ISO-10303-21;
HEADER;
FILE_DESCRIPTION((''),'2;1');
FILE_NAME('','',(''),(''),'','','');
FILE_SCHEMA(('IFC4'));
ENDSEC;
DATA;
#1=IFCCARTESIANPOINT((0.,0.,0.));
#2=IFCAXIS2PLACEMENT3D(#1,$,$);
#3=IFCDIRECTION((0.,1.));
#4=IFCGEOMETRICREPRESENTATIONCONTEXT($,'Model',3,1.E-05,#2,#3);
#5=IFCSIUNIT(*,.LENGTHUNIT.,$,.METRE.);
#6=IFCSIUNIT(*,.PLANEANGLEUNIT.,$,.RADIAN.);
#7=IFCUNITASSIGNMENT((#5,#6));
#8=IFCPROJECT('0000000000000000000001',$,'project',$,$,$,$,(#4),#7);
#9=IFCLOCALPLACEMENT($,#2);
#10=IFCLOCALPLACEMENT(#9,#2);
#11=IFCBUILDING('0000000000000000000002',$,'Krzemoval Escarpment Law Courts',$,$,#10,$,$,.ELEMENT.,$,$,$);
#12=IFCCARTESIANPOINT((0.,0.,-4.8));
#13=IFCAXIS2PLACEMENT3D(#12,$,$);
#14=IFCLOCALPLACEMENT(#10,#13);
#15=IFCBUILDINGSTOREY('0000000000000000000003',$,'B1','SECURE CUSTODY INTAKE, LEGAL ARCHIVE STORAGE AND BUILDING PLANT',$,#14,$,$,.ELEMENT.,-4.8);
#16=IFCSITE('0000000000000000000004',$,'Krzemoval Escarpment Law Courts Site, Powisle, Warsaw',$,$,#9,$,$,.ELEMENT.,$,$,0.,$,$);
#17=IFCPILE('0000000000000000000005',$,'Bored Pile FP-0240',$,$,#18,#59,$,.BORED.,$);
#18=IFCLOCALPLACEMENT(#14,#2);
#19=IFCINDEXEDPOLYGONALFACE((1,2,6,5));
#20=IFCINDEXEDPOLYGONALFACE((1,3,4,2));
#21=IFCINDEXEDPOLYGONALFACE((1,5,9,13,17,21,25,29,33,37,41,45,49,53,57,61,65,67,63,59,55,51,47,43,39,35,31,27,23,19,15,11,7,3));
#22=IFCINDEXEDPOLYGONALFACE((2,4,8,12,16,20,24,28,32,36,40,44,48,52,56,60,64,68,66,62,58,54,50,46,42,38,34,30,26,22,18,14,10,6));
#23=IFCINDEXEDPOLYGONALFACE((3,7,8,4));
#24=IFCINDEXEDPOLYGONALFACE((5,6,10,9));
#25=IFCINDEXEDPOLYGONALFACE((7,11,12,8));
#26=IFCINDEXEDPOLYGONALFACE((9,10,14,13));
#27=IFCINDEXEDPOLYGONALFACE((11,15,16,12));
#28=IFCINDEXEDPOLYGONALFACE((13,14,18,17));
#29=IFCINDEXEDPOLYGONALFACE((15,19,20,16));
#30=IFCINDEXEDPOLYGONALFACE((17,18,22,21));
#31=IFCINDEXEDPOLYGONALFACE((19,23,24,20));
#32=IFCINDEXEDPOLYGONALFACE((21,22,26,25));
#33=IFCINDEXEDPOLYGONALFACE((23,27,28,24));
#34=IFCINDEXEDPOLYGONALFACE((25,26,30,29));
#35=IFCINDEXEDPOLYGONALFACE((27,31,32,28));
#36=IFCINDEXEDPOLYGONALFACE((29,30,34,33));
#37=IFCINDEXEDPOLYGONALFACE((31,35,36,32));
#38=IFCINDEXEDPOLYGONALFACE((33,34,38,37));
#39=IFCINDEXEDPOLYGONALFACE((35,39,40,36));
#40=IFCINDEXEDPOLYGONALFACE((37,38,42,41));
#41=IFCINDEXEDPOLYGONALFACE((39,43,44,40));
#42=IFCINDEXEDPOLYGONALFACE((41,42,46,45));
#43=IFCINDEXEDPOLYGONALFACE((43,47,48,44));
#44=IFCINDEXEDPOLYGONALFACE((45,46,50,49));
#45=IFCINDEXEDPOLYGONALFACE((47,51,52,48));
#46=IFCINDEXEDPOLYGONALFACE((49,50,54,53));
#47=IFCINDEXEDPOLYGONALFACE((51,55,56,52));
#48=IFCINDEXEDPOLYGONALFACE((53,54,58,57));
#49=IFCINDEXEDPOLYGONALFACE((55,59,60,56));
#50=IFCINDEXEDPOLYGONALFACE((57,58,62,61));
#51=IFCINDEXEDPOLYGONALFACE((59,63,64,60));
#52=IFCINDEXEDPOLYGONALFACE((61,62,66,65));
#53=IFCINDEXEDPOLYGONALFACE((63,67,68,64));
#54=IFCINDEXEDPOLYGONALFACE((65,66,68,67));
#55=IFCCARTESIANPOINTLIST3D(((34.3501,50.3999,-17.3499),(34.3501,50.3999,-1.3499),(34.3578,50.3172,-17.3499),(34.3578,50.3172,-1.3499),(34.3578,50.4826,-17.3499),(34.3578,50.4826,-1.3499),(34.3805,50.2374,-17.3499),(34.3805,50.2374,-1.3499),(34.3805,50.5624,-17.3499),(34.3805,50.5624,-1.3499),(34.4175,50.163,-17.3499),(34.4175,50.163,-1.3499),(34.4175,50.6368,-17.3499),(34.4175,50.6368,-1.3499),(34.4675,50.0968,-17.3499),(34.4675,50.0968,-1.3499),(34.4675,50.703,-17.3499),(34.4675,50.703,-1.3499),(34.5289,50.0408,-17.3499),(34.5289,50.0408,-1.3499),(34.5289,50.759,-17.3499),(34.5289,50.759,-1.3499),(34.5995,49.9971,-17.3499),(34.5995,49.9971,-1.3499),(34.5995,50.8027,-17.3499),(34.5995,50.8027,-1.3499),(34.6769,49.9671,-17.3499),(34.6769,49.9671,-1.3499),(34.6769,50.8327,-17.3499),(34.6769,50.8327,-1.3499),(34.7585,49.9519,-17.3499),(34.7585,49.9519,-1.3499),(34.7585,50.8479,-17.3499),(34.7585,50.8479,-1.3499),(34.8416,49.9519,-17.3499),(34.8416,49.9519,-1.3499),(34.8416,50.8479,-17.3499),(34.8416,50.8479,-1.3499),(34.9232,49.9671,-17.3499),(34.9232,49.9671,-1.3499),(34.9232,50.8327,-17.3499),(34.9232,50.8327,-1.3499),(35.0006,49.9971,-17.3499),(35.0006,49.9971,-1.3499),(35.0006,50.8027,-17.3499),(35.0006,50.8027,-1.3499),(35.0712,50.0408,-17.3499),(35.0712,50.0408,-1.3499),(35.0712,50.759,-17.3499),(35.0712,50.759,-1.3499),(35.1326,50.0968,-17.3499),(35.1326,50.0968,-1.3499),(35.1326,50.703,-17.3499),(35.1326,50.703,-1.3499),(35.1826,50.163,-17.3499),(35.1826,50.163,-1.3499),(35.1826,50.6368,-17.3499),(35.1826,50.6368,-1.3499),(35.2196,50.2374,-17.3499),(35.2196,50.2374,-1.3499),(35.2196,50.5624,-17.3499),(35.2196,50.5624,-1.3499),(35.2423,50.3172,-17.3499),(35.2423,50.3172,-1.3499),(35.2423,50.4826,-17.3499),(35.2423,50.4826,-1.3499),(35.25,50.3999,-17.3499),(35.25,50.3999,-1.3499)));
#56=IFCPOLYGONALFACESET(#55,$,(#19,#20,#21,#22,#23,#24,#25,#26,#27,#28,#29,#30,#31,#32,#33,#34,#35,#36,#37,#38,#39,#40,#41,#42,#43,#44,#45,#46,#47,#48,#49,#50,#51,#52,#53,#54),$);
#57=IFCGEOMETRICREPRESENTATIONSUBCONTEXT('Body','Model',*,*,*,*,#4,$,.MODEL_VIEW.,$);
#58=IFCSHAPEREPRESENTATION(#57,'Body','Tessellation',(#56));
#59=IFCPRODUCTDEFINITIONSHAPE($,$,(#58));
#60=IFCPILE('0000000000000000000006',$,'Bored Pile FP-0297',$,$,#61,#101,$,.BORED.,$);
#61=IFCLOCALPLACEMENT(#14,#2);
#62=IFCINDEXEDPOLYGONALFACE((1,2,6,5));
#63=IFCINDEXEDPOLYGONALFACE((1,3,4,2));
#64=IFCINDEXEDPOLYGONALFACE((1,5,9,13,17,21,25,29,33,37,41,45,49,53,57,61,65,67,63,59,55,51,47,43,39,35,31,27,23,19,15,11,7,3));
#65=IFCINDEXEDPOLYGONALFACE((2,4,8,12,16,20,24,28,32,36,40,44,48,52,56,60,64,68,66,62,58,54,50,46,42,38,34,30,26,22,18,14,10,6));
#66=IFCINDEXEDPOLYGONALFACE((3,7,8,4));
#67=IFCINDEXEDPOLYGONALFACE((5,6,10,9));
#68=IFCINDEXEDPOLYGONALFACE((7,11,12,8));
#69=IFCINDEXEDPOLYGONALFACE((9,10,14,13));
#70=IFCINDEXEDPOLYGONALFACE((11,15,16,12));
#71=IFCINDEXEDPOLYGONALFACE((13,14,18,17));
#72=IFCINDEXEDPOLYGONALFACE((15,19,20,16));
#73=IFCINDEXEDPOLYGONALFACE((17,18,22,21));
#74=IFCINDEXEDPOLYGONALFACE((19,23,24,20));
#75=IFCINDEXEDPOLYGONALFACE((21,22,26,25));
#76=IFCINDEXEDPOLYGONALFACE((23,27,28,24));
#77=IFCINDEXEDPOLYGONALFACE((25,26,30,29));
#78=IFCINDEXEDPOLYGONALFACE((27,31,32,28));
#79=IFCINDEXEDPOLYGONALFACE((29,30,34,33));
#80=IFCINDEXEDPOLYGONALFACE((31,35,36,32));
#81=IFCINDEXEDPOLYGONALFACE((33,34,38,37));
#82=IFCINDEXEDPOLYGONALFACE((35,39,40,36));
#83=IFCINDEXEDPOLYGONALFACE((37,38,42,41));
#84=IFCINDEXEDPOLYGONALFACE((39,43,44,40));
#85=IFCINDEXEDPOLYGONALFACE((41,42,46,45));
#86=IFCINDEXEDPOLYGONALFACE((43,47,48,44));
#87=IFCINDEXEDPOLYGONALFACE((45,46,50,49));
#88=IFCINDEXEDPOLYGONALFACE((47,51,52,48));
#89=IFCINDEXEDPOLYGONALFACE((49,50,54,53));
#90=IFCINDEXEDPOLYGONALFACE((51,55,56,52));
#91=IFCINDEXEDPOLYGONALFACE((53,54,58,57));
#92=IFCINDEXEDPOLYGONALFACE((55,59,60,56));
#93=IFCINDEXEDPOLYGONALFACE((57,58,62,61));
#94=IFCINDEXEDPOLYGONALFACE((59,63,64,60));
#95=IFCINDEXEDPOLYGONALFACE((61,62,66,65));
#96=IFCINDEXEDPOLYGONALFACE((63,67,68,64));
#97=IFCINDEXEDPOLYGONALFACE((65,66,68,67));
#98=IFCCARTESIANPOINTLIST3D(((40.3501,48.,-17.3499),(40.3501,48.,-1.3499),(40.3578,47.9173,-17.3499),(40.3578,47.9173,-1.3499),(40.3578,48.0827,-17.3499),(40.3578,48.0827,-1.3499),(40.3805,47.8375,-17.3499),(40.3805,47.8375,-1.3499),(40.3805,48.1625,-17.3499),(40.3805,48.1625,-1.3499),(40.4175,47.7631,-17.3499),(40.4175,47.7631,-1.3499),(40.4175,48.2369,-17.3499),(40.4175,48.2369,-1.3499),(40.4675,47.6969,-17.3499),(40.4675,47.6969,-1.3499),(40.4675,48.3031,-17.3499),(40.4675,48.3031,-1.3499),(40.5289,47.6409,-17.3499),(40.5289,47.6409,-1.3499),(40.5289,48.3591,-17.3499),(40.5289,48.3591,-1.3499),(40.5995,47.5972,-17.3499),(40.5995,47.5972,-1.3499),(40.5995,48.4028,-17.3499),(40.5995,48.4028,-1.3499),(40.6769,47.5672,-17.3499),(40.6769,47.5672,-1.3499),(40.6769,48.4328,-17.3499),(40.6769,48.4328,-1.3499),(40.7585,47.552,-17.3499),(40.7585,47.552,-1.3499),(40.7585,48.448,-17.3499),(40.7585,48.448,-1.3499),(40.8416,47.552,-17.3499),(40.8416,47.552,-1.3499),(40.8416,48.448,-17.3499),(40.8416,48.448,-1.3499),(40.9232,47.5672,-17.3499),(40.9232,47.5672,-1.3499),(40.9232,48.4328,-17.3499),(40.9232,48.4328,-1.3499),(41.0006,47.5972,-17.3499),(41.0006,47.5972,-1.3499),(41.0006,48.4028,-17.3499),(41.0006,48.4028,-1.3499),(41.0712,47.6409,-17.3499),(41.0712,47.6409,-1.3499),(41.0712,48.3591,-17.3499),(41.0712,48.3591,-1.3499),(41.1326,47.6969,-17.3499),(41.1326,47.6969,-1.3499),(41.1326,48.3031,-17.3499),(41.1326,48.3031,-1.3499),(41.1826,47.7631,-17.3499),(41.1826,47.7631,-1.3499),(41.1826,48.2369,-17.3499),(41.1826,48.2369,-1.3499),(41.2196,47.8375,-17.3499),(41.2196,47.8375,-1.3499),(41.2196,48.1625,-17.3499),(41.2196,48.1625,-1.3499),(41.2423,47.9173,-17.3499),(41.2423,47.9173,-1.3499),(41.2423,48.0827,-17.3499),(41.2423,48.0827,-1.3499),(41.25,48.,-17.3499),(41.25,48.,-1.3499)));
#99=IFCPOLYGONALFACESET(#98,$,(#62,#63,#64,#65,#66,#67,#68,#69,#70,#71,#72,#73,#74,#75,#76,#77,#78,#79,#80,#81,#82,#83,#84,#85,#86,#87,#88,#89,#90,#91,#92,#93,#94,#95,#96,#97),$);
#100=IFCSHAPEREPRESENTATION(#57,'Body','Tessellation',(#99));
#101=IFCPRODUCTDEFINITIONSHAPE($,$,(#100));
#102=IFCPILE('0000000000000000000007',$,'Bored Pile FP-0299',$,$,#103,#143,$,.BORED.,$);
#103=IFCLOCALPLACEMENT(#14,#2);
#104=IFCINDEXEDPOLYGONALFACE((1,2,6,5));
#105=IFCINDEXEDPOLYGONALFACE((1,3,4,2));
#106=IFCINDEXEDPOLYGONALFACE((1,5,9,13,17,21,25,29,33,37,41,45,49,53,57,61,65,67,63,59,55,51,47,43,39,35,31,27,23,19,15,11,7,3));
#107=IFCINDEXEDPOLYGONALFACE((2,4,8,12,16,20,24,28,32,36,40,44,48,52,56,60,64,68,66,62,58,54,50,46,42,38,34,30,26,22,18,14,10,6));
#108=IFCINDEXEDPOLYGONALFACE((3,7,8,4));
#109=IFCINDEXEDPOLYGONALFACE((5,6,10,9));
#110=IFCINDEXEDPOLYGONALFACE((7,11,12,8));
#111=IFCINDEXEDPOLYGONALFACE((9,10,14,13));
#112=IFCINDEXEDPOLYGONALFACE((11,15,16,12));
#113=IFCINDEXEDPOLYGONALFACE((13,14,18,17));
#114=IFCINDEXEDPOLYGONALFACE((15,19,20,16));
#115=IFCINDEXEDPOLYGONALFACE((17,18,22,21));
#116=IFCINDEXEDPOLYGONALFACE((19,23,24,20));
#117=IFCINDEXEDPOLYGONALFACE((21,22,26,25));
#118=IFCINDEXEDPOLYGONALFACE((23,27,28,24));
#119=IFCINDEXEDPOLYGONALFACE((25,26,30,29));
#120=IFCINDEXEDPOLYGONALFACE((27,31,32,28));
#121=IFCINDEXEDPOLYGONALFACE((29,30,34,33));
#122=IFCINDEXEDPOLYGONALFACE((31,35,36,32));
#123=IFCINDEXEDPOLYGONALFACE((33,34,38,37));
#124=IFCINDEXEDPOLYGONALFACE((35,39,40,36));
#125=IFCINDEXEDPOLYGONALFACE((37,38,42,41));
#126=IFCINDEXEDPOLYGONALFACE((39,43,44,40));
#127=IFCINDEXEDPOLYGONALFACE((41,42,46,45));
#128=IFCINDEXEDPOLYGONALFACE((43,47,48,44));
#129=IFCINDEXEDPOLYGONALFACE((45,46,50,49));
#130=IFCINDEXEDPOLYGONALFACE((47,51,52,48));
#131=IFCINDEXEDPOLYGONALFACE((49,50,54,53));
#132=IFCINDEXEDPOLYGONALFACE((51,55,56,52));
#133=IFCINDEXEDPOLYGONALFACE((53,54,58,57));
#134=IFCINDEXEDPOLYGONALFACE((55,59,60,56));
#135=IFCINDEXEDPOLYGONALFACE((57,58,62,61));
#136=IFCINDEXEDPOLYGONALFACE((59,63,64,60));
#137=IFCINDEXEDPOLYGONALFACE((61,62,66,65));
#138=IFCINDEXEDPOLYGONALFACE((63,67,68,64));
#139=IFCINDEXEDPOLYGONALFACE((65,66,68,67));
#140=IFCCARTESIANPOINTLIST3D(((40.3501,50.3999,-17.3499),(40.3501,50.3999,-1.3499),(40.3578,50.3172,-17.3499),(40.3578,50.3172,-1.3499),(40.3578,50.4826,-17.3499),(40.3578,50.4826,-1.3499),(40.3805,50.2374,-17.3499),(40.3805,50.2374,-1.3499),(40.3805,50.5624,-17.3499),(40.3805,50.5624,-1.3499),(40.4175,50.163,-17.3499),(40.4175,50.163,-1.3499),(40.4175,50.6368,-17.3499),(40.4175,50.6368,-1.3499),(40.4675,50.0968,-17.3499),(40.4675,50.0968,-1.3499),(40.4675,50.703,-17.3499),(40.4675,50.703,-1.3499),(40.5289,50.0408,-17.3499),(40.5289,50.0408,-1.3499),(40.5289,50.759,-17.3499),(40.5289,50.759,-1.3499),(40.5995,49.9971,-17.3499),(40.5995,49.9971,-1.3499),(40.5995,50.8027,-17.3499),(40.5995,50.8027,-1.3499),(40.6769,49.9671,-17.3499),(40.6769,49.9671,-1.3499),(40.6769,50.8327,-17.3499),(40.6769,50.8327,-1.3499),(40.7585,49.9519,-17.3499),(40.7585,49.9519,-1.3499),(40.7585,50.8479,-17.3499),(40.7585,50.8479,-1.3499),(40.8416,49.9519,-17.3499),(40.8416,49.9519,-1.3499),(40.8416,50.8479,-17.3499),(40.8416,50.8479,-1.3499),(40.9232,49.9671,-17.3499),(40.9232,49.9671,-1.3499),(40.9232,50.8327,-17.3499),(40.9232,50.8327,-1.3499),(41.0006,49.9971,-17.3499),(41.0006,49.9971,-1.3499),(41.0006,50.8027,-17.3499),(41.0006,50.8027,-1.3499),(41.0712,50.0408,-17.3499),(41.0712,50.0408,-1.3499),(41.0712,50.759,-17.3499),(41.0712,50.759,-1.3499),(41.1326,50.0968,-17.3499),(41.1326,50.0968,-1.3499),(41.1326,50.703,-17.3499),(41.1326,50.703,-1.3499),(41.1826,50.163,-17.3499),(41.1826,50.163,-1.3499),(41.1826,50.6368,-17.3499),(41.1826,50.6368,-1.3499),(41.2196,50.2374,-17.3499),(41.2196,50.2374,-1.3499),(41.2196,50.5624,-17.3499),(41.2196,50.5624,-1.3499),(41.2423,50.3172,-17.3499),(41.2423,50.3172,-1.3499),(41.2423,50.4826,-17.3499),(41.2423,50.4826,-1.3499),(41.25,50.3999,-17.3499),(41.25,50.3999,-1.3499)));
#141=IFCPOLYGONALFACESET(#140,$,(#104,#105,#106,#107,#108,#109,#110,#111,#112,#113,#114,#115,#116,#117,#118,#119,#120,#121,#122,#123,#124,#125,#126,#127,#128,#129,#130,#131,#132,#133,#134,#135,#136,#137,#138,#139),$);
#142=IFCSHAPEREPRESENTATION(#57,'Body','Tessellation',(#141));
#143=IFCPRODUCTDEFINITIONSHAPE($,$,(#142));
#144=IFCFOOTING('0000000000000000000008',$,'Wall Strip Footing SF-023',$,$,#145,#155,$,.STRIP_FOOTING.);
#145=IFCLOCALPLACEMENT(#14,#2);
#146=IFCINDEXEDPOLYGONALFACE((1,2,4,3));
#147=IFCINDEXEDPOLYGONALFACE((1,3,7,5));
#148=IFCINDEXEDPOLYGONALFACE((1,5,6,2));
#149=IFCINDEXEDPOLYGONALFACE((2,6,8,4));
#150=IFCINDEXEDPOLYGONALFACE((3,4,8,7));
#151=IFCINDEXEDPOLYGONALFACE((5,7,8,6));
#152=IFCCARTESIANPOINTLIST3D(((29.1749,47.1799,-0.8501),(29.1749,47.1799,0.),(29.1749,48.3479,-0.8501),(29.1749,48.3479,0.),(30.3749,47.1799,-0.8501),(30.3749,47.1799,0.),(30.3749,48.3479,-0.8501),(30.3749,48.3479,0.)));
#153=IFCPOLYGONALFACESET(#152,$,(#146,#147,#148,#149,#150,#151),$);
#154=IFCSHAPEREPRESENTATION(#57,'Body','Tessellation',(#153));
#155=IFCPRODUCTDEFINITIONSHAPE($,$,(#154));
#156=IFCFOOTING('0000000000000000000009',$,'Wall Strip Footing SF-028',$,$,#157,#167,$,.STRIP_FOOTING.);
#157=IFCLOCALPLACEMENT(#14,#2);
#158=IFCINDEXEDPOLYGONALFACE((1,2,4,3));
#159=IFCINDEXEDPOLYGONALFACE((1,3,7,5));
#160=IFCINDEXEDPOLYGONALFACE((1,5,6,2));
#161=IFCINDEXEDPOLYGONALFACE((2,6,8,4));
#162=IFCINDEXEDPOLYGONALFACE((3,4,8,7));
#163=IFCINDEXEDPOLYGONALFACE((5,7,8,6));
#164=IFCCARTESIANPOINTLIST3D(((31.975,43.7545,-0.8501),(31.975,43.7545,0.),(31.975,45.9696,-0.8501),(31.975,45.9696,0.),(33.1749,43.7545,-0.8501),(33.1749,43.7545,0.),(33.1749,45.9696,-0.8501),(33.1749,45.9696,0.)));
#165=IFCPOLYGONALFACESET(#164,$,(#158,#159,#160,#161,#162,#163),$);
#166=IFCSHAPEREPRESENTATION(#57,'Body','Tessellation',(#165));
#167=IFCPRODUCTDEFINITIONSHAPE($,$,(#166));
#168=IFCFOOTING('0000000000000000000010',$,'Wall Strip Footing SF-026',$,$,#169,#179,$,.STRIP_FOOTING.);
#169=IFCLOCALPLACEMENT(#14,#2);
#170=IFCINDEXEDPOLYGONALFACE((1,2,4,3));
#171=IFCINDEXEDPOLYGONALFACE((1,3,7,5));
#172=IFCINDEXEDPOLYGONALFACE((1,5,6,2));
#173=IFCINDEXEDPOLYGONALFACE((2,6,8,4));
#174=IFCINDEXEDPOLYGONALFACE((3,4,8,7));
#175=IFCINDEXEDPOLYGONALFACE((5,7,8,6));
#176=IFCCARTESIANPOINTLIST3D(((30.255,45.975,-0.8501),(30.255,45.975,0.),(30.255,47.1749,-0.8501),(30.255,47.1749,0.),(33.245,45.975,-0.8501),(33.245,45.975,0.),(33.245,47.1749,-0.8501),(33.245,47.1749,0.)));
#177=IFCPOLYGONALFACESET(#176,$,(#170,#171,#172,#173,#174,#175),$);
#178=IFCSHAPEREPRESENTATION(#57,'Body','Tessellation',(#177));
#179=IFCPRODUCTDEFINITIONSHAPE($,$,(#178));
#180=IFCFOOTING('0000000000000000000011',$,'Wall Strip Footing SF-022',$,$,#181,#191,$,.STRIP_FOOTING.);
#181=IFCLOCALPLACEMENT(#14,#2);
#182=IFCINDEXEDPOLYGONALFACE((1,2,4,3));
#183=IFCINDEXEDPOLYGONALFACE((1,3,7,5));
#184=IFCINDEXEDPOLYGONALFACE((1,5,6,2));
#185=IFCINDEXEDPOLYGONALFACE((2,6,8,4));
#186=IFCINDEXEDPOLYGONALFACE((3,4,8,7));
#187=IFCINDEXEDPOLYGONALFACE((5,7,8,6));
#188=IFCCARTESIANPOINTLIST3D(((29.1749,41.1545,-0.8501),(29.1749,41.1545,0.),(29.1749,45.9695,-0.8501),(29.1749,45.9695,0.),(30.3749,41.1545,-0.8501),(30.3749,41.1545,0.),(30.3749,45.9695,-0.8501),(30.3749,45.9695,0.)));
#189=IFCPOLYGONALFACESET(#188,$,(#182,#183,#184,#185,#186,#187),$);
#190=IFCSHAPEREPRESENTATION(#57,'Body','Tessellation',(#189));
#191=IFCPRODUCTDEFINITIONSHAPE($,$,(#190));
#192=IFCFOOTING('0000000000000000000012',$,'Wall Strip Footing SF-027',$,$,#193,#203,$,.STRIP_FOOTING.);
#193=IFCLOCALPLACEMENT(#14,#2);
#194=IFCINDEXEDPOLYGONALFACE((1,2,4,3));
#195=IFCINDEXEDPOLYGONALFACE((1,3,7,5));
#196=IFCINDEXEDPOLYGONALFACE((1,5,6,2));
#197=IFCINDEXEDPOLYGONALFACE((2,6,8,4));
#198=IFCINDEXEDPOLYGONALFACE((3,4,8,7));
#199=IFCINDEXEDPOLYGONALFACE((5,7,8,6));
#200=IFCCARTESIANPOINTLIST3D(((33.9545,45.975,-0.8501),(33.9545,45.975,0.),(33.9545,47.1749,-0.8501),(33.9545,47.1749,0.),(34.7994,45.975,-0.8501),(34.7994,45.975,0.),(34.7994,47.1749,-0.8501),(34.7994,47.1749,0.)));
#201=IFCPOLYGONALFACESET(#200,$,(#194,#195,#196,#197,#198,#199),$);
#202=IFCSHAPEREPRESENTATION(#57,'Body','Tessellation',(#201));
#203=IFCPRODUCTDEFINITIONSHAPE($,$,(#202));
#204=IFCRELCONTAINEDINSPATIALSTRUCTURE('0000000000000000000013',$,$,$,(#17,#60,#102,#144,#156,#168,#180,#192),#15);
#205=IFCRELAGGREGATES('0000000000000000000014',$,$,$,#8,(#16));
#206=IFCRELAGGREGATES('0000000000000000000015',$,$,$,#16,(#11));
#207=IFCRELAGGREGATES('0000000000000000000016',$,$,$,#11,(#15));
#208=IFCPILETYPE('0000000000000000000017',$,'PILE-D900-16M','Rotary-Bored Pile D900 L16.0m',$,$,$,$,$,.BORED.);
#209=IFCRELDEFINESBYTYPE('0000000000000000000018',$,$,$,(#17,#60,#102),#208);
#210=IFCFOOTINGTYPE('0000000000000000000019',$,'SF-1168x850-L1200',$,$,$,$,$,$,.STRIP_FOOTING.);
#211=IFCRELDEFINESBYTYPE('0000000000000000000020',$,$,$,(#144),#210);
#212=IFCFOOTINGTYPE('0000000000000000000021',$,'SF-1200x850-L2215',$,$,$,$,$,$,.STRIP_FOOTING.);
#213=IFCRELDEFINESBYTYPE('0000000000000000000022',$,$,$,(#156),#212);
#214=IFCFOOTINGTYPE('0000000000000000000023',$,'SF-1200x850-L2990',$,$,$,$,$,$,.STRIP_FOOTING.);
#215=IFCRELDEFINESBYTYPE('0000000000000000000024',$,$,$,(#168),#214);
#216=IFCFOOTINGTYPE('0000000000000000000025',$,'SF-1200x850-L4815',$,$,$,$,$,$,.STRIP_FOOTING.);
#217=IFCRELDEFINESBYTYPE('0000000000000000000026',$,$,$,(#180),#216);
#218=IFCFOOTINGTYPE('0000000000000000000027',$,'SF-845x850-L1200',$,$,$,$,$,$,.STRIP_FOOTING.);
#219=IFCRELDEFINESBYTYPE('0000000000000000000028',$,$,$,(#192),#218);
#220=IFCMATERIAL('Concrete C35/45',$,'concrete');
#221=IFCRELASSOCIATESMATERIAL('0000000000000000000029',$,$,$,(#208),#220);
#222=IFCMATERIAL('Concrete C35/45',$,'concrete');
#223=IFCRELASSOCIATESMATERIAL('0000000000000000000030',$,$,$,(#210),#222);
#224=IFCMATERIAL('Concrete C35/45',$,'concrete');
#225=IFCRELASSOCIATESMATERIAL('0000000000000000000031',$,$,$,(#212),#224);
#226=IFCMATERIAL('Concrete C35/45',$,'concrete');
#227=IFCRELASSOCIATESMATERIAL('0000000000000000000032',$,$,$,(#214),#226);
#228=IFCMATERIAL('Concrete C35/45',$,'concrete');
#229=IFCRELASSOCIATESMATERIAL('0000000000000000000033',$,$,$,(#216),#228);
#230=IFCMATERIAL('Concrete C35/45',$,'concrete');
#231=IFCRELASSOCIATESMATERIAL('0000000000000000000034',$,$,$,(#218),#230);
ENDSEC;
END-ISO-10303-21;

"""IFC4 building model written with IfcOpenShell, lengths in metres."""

from ifc_helpers import new_model, si_unit, direction, frame, origin, origin_2d, place, context, subcontext, project, spatial, rectangle, circle, extrude, material, material_profile, profile_set, type_object, element, save


model = new_model("IFC4")

# Units and contexts
model_context = context("Model", 3, precision=1e-05, world=origin(), true_north=direction((0.0, 1.0)))
body_context = subcontext(model_context, "Body", "Model", "MODEL_VIEW")
ifc_project = project(units=[si_unit("LENGTHUNIT", "METRE"), si_unit("PLANEANGLEUNIT", "RADIAN")], contexts=[model_context])

# Site, building, storey
site_placement = place(None, origin())
site = spatial("IfcSite", under=ifc_project, at=site_placement, Name="Krzemoval Escarpment Law Courts Site, Powisle, Warsaw", CompositionType="ELEMENT", RefElevation=0.0)
building_placement = place(site_placement, origin())
building = spatial("IfcBuilding", under=site, at=building_placement, Name="Krzemoval Escarpment Law Courts", CompositionType="ELEMENT")
storey_placement = place(building_placement, frame((0.0, 0.0, -4.8)))
storey = spatial("IfcBuildingStorey", under=building, at=storey_placement, Name="B1", Description="SECURE CUSTODY INTAKE, LEGAL ARCHIVE STORAGE AND BUILDING PLANT", CompositionType="ELEMENT", Elevation=-4.8)

# Piles
ifc_material_1 = material(Name="Concrete C35/45", Category="concrete")
ifc_material_profile_1 = material_profile(ifc_material_1, circle(Radius=0.45, at=origin_2d()), Name="PILE D900")
ifc_profile_set_1 = profile_set([ifc_material_profile_1], Name="Concrete C35/45")
pile_type = type_object("IfcPileType", Name="PILE-D900-16M", Description="Rotary-Bored Pile D900 L16.0m", PredefinedType="BORED", material=ifc_profile_set_1)
for number, where, z_axis, x_axis, name in (
    (1, (34.8, 50.3999, -1.3499), (0.0, 0.0, -1.0), (1.0, 0.0, 0.0), "Bored Pile FP-0240"),
    (2, (40.8, 48.0, -1.3499), (0.0, 0.0, -1.0), (1.0, 0.0, 0.0), "Bored Pile FP-0297"),
    (3, (40.8, 50.3999, -1.3499), (0.0, 0.0, -1.0), (1.0, 0.0, 0.0), "Bored Pile FP-0299"),
):
    element("IfcPile", number, at=place(storey_placement, frame(where, z_axis=z_axis, x_axis=x_axis)), inside=storey, type_object=pile_type, Name=name, PredefinedType="BORED", context=body_context, shape_type="SweptSolid", body=[
        extrude(circle(Radius=0.45, at=origin_2d()), origin(), (0.0, 0.0, 1.0), 16.0),
    ])

# Footings
ifc_material_2 = material(Name="Concrete C35/45", Category="concrete")
footing_type_1 = type_object("IfcFootingType", Name="SF-1168x850-L1200", PredefinedType="STRIP_FOOTING", material=ifc_material_2)
footing_1_placement = place(storey_placement, frame((29.7749, 47.7639, -0.8501), z_axis=(0.0, 0.0, 1.0), x_axis=(1.0, 0.0, 0.0)))
element("IfcFooting", 4, at=footing_1_placement, inside=storey, type_object=footing_type_1, Name="Wall Strip Footing SF-023", PredefinedType="STRIP_FOOTING", context=body_context, shape_type="SweptSolid", body=[
    extrude(rectangle(XDim=1.2, YDim=1.168, at=origin_2d()), origin(), (0.0, 0.0, 1.0), 0.8501),
])
ifc_material_3 = material(Name="Concrete C35/45", Category="concrete")
footing_type_2 = type_object("IfcFootingType", Name="SF-1200x850-L2215", PredefinedType="STRIP_FOOTING", material=ifc_material_3)
footing_2_placement = place(storey_placement, frame((32.575, 44.8621, -0.8501), z_axis=(0.0, 0.0, 1.0), x_axis=(0.0, 1.0, 0.0)))
element("IfcFooting", 5, at=footing_2_placement, inside=storey, type_object=footing_type_2, Name="Wall Strip Footing SF-028", PredefinedType="STRIP_FOOTING", context=body_context, shape_type="SweptSolid", body=[
    extrude(rectangle(XDim=2.2151, YDim=1.2, at=origin_2d()), origin(), (0.0, 0.0, 1.0), 0.8501),
])
ifc_material_4 = material(Name="Concrete C35/45", Category="concrete")
footing_type_3 = type_object("IfcFootingType", Name="SF-1200x850-L2990", PredefinedType="STRIP_FOOTING", material=ifc_material_4)
footing_3_placement = place(storey_placement, frame((31.75, 46.575, -0.8501), z_axis=(0.0, 0.0, 1.0), x_axis=(1.0, 0.0, 0.0)))
element("IfcFooting", 6, at=footing_3_placement, inside=storey, type_object=footing_type_3, Name="Wall Strip Footing SF-026", PredefinedType="STRIP_FOOTING", context=body_context, shape_type="SweptSolid", body=[
    extrude(rectangle(XDim=2.99, YDim=1.2, at=origin_2d()), origin(), (0.0, 0.0, 1.0), 0.8501),
])
ifc_material_5 = material(Name="Concrete C35/45", Category="concrete")
footing_type_4 = type_object("IfcFootingType", Name="SF-1200x850-L4815", PredefinedType="STRIP_FOOTING", material=ifc_material_5)
footing_4_placement = place(storey_placement, frame((29.7749, 43.562, -0.8501), z_axis=(0.0, 0.0, 1.0), x_axis=(0.0, 1.0, 0.0)))
element("IfcFooting", 7, at=footing_4_placement, inside=storey, type_object=footing_type_4, Name="Wall Strip Footing SF-022", PredefinedType="STRIP_FOOTING", context=body_context, shape_type="SweptSolid", body=[
    extrude(rectangle(XDim=4.8149, YDim=1.2, at=origin_2d()), origin(), (0.0, 0.0, 1.0), 0.8501),
])
ifc_material_6 = material(Name="Concrete C35/45", Category="concrete")
footing_type_5 = type_object("IfcFootingType", Name="SF-845x850-L1200", PredefinedType="STRIP_FOOTING", material=ifc_material_6)
footing_5_placement = place(storey_placement, frame((34.377, 46.575, -0.8501), z_axis=(0.0, 0.0, 1.0), x_axis=(0.0, 1.0, 0.0)))
element("IfcFooting", 8, at=footing_5_placement, inside=storey, type_object=footing_type_5, Name="Wall Strip Footing SF-027", PredefinedType="STRIP_FOOTING", context=body_context, shape_type="SweptSolid", body=[
    extrude(rectangle(XDim=1.2, YDim=0.845, at=origin_2d()), origin(), (0.0, 0.0, 1.0), 0.8501),
])

save(model, "model.ifc")
